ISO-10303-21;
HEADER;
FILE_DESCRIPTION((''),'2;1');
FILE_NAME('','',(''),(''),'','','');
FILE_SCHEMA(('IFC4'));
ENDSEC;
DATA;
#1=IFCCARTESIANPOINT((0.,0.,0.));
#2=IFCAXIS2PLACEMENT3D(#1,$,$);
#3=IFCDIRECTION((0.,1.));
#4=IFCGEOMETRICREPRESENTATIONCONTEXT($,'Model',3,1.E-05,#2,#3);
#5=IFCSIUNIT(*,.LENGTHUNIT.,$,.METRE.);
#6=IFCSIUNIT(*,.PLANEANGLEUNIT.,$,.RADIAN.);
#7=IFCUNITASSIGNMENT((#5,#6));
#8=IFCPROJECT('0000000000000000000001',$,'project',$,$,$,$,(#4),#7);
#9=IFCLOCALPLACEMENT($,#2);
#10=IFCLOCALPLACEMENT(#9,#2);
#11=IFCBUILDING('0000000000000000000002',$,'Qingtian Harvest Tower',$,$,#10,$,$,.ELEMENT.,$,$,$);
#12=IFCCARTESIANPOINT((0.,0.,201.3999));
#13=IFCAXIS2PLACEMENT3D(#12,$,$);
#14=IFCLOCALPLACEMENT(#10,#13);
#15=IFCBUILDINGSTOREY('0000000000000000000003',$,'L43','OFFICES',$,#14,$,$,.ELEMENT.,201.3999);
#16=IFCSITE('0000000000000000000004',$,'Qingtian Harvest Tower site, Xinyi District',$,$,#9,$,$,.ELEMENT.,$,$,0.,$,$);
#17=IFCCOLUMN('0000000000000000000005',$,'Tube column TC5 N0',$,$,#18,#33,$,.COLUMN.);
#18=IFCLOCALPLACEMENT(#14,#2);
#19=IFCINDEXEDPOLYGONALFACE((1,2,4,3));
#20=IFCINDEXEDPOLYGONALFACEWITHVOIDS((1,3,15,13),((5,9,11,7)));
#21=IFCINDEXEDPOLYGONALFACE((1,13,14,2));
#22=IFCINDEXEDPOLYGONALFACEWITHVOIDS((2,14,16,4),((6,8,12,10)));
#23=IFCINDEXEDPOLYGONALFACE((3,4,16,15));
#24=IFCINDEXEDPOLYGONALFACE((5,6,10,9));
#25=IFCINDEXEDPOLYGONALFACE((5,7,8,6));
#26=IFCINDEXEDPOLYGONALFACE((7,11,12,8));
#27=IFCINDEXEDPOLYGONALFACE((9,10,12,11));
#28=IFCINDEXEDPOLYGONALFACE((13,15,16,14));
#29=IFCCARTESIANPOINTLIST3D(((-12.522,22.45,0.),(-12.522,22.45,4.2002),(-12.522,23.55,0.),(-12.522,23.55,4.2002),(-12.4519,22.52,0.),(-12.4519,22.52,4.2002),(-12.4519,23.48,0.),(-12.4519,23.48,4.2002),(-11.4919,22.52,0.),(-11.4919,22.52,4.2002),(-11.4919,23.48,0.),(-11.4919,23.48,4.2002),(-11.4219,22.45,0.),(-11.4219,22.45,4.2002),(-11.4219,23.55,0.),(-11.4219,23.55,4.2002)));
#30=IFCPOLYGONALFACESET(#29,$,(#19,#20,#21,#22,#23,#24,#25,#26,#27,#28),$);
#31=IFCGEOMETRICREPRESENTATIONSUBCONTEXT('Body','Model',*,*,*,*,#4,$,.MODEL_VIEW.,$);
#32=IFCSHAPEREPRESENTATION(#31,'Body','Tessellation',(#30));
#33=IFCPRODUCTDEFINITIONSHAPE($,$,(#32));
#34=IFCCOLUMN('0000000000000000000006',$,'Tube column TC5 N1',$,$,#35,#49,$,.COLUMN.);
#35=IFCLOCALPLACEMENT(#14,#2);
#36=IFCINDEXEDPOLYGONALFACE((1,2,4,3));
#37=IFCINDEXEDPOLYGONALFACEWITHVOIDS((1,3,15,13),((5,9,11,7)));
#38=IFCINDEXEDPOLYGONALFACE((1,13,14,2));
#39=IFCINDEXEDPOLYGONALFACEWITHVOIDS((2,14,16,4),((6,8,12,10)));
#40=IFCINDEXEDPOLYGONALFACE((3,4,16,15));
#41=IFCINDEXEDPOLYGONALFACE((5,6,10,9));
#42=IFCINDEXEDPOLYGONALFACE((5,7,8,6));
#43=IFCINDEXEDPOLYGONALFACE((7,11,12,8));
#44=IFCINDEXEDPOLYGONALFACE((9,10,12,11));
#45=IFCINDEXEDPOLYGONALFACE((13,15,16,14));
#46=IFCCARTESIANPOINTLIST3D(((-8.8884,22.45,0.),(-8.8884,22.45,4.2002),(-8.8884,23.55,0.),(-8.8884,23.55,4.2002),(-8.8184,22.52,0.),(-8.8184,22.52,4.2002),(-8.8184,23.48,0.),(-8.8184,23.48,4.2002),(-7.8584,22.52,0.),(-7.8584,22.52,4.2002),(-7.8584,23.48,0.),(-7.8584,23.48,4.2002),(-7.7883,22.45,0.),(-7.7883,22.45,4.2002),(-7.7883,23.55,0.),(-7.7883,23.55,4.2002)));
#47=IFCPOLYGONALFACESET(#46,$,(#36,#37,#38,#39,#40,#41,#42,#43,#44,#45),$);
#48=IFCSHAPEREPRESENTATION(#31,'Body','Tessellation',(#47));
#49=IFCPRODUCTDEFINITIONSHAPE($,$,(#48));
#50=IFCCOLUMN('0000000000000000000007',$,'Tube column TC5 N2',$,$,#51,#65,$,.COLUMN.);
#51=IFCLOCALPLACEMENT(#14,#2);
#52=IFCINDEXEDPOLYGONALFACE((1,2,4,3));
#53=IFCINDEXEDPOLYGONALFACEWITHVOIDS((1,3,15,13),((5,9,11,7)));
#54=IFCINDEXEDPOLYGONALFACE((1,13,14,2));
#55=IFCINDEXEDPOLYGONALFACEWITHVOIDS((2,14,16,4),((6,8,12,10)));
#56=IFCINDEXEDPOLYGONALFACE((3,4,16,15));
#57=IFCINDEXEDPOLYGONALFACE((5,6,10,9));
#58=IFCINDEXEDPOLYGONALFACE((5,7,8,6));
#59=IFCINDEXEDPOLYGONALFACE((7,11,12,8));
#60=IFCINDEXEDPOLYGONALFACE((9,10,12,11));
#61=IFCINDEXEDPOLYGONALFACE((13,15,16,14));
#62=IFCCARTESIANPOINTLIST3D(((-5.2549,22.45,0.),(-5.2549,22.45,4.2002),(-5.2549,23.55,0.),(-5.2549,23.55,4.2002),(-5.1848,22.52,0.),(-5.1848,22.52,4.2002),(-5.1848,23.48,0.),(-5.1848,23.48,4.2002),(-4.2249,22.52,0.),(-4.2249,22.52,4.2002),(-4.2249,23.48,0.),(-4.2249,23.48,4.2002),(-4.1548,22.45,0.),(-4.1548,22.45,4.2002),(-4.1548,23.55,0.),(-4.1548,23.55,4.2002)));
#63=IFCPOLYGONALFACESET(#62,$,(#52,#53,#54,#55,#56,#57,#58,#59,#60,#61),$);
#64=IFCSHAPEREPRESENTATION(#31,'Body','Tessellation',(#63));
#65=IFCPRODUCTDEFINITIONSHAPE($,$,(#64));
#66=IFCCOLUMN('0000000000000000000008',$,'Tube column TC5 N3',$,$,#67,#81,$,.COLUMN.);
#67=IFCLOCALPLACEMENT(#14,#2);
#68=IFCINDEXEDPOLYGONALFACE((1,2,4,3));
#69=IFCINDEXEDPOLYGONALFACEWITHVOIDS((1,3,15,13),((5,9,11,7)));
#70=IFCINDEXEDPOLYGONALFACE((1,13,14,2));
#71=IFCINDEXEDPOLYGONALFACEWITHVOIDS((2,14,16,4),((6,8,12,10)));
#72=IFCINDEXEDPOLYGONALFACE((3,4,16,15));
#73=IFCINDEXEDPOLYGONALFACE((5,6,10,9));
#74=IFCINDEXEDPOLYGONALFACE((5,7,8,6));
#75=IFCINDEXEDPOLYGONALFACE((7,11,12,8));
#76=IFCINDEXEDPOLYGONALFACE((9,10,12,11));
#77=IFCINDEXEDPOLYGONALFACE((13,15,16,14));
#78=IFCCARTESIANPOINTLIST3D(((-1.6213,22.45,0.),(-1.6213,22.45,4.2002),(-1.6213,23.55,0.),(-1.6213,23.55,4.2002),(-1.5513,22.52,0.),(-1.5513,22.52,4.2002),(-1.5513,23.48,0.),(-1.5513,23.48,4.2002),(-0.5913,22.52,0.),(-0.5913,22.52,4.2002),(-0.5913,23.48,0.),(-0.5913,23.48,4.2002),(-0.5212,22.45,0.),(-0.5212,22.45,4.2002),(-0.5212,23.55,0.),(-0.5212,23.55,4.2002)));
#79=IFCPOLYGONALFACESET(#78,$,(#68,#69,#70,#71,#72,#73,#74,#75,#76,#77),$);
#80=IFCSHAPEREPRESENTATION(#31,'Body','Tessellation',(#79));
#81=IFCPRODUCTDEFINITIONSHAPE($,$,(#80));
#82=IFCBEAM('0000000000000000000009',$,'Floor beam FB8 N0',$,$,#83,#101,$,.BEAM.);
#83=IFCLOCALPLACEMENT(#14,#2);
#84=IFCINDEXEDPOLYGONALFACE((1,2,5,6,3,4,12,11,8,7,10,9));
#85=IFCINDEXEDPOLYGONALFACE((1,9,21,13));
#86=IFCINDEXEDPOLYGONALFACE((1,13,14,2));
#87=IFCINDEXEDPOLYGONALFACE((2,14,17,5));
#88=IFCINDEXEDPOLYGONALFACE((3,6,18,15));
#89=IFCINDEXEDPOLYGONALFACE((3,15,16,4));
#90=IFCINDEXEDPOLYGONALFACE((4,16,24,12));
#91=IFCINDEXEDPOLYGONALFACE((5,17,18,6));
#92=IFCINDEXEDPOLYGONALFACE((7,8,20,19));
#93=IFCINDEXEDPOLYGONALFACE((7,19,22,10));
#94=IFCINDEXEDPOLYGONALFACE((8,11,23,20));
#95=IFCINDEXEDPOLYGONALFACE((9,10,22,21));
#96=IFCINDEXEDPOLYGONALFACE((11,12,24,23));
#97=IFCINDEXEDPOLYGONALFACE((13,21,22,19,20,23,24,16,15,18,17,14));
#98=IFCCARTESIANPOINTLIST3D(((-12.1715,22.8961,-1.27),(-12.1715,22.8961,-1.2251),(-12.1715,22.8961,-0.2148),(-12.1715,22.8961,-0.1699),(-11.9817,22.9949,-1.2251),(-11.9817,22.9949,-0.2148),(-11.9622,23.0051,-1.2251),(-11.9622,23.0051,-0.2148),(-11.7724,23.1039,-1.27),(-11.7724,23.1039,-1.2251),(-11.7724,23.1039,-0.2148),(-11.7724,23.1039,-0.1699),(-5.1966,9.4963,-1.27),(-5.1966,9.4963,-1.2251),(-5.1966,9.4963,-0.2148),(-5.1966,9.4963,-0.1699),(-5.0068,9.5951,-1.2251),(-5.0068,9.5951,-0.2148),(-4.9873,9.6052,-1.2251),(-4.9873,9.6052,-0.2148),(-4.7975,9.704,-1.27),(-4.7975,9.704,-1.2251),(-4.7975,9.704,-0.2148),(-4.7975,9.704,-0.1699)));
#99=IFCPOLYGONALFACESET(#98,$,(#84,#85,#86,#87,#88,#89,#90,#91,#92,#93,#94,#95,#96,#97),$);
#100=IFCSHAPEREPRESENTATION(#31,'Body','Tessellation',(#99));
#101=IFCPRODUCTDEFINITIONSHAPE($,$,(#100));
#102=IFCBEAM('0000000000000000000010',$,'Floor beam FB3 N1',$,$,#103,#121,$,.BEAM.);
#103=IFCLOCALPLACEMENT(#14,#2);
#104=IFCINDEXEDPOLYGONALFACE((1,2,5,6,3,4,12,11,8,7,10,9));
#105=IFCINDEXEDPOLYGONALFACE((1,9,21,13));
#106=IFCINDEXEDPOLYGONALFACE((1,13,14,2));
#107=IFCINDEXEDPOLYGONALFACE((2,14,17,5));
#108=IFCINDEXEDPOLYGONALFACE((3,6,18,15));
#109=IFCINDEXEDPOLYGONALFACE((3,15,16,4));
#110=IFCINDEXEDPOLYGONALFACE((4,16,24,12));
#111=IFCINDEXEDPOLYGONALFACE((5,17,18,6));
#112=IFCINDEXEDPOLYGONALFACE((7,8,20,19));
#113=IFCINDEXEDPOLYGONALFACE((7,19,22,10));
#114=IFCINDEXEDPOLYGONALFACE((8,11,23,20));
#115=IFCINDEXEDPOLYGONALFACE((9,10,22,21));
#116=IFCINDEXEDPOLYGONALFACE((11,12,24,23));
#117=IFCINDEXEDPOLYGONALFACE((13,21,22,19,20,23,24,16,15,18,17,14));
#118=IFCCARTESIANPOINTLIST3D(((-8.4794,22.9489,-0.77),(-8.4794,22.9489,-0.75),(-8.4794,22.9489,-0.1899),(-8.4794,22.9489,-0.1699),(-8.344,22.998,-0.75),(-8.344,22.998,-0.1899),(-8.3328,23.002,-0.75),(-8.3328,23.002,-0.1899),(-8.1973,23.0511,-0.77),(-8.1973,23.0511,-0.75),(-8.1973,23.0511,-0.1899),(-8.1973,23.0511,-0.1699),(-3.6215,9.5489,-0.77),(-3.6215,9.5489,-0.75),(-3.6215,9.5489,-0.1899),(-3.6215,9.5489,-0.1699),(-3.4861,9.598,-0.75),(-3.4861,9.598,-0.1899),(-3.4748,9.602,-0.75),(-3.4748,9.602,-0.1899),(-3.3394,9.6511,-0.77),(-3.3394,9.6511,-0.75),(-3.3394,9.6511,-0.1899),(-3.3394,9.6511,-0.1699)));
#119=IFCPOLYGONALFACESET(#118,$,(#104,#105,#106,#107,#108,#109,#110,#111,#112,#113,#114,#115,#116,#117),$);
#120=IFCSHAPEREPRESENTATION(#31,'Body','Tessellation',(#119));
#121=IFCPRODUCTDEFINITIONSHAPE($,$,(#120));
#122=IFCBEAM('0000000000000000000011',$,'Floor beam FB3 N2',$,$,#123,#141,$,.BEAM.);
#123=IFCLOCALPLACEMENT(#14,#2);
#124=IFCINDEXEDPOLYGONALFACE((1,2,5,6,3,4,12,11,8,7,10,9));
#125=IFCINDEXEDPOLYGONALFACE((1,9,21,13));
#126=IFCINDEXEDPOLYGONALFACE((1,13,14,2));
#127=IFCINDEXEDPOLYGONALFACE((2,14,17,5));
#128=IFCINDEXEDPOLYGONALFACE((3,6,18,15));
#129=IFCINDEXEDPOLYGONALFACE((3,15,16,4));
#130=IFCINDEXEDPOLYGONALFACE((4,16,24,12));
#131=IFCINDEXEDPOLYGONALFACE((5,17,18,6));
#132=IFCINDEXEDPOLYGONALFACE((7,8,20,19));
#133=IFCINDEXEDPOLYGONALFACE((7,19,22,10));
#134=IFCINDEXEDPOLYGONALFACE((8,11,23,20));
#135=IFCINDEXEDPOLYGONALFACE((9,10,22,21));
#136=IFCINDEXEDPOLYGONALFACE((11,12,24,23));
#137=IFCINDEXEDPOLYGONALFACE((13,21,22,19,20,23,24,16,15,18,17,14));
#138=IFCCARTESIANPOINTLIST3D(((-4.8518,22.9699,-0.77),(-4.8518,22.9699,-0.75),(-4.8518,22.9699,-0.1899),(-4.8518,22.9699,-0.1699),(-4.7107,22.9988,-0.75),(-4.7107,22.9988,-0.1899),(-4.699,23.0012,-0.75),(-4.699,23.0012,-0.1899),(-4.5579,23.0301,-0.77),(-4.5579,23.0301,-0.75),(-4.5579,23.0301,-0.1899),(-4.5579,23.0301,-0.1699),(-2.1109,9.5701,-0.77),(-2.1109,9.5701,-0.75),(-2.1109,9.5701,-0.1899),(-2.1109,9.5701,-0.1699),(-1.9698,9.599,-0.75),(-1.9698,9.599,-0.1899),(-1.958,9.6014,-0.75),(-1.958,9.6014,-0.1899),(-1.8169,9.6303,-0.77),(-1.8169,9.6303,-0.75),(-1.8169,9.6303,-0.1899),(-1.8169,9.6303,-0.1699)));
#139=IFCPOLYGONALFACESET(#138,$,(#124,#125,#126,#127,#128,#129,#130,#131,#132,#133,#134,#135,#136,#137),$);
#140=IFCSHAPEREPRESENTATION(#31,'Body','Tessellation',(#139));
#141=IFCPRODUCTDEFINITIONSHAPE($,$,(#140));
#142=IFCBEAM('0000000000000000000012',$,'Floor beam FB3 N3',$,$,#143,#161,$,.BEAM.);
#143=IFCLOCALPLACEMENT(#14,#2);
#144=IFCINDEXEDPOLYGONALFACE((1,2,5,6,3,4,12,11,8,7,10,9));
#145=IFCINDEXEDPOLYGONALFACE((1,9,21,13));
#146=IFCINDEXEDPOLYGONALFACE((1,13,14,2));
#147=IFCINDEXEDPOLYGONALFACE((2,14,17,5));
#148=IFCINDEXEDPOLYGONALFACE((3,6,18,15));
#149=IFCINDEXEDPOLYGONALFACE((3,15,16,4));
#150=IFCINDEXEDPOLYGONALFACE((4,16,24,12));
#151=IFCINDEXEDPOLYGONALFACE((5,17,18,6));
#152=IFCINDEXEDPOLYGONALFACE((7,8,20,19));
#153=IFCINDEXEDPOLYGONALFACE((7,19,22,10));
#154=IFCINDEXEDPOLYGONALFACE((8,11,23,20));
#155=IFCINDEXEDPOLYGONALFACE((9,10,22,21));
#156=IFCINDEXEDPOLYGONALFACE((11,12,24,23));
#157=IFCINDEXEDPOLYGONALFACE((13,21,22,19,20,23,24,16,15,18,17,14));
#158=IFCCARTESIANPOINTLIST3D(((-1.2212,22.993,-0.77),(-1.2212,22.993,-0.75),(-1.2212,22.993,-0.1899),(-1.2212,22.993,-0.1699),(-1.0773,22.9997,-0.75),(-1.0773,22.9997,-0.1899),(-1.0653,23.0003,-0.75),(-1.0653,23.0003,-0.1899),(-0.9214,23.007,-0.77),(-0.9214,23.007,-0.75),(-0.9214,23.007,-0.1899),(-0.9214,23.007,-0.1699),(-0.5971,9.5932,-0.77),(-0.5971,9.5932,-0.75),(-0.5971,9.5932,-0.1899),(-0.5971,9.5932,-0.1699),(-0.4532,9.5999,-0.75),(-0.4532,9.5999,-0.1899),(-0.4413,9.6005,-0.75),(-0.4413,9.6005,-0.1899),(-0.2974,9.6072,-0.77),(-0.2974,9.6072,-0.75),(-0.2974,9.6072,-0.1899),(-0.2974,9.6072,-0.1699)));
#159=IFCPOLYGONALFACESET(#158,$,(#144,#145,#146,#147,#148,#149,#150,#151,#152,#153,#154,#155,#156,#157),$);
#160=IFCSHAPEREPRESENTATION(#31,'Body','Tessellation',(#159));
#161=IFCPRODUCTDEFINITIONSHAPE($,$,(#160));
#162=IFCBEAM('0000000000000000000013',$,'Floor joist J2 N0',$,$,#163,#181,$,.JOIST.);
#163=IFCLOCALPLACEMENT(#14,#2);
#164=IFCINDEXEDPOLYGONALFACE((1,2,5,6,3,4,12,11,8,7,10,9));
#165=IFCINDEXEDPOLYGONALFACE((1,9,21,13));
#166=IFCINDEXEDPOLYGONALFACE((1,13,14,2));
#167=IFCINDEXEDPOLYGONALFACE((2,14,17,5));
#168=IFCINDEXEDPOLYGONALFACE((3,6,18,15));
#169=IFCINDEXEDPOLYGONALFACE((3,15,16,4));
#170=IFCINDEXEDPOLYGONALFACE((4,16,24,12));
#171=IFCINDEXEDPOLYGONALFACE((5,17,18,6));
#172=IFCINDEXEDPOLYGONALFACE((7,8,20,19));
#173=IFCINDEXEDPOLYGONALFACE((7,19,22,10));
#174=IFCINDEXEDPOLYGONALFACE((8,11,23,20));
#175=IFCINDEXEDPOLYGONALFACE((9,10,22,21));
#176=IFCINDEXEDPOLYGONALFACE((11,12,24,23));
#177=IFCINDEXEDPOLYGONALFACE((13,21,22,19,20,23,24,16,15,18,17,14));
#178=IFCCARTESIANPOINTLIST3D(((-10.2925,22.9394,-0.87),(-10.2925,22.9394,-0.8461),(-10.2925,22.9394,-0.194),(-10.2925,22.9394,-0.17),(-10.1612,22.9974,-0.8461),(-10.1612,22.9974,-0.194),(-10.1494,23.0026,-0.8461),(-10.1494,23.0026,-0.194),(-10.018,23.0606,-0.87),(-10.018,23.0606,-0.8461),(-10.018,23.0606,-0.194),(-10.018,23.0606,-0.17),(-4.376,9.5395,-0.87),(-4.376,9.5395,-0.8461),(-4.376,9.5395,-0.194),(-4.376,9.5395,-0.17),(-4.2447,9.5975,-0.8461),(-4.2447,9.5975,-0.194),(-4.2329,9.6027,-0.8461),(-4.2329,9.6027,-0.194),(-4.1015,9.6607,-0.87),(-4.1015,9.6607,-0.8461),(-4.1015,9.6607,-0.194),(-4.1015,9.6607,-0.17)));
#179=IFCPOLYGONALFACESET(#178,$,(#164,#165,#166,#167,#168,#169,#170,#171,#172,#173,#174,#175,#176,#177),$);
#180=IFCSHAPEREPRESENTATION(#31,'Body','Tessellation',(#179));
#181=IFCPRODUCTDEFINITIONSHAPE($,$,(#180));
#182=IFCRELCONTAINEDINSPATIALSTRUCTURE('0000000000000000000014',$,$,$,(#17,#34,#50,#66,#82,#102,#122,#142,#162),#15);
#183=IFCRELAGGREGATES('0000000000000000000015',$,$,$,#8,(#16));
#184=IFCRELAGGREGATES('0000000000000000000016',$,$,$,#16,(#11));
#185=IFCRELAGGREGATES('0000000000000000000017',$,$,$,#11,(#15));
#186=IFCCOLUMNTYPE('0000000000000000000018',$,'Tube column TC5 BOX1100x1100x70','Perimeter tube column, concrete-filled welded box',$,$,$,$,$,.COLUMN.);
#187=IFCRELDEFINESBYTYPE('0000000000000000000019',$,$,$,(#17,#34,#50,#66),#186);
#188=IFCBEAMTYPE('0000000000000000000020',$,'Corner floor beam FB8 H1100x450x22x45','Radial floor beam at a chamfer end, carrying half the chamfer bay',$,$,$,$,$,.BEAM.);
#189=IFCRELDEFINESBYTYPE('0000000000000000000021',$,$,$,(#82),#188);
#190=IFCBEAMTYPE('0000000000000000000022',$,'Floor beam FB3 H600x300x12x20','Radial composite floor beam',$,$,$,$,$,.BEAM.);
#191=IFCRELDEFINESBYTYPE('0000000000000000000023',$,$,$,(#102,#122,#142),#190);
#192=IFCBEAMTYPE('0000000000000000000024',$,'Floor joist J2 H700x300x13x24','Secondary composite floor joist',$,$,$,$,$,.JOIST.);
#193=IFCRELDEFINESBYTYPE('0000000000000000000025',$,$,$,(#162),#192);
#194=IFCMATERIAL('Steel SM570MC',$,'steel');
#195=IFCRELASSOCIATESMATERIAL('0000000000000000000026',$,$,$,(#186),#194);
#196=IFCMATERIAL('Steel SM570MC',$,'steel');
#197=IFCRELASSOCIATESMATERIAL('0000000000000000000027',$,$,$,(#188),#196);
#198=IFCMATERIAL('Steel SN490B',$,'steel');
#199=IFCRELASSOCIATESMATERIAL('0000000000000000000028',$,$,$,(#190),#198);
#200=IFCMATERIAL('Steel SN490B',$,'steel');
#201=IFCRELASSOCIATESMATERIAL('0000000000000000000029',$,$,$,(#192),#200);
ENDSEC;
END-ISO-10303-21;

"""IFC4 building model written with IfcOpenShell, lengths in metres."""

from ifc_helpers import new_model, si_unit, direction, frame, origin, origin_2d, place, context, subcontext, project, spatial, hollow_rectangle, i_section, extrude, material, material_profile, profile_set, type_object, element, save


model = new_model("IFC4")

# Units and contexts
model_context = context("Model", 3, precision=1e-05, world=origin(), true_north=direction((0.0, 1.0)))
body_context = subcontext(model_context, "Body", "Model", "MODEL_VIEW")
ifc_project = project(units=[si_unit("LENGTHUNIT", "METRE"), si_unit("PLANEANGLEUNIT", "RADIAN")], contexts=[model_context])

# Site, building, storey
site_placement = place(None, origin())
site = spatial("IfcSite", under=ifc_project, at=site_placement, Name="Qingtian Harvest Tower site, Xinyi District", CompositionType="ELEMENT", RefElevation=0.0)
building_placement = place(site_placement, origin())
building = spatial("IfcBuilding", under=site, at=building_placement, Name="Qingtian Harvest Tower", CompositionType="ELEMENT")
storey_placement = place(building_placement, frame((0.0, 0.0, 201.3999)))
storey = spatial("IfcBuildingStorey", under=building, at=storey_placement, Name="L43", Description="OFFICES", CompositionType="ELEMENT", Elevation=201.3999)

# Columns
ifc_material_1 = material(Name="Steel SM570MC", Category="steel")
ifc_material_profile_1 = material_profile(ifc_material_1, hollow_rectangle(XDim=1.1001, YDim=1.1001, WallThickness=0.0701, at=origin_2d()), Name="BOX1100x1100x70")
ifc_profile_set_1 = profile_set([ifc_material_profile_1], Name="Steel SM570MC")
column_type = type_object("IfcColumnType", Name="Tube column TC5 BOX1100x1100x70", Description="Perimeter tube column, concrete-filled welded box", PredefinedType="COLUMN", material=ifc_profile_set_1)
for number, where, z_axis, x_axis, name in (
    (1, (-11.9719, 23.0, 0.0), (0.0, 0.0, 1.0), (-1.0, 0.0, 0.0), "Tube column TC5 N0"),
    (2, (-8.3384, 23.0, 0.0), (0.0, 0.0, 1.0), (-1.0, 0.0, 0.0), "Tube column TC5 N1"),
    (3, (-4.7048, 23.0, 0.0), (0.0, 0.0, 1.0), (-1.0, 0.0, 0.0), "Tube column TC5 N2"),
    (4, (-1.0713, 23.0, 0.0), (0.0, 0.0, 1.0), (-1.0, 0.0, 0.0), "Tube column TC5 N3"),
):
    element("IfcColumn", number, at=place(storey_placement, frame(where, z_axis=z_axis, x_axis=x_axis)), inside=storey, type_object=column_type, Name=name, PredefinedType="COLUMN", context=body_context, shape_type="SweptSolid", body=[
        extrude(hollow_rectangle(XDim=1.1001, YDim=1.1001, WallThickness=0.0701, at=origin_2d()), origin(), (0.0, 0.0, 1.0), 4.2002),
    ])

# Beams
ifc_material_2 = material(Name="Steel SM570MC", Category="steel")
ifc_material_profile_2 = material_profile(ifc_material_2, i_section(OverallWidth=0.45, OverallDepth=1.1001, WebThickness=0.022, FlangeThickness=0.0449, at=origin_2d()), Name="H1100x450x22x45")
ifc_profile_set_2 = profile_set([ifc_material_profile_2], Name="Steel SM570MC")
beam_type_1 = type_object("IfcBeamType", Name="Corner floor beam FB8 H1100x450x22x45", Description="Radial floor beam at a chamfer end, carrying half the chamfer bay", PredefinedType="BEAM", material=ifc_profile_set_2)
beam_1_placement = place(storey_placement, frame((-11.9719, 23.0, -0.72), z_axis=(0.461712, -0.88703, 0.0), x_axis=(0.88703, 0.461712, 0.0)))
element("IfcBeam", 5, at=beam_1_placement, inside=storey, type_object=beam_type_1, Name="Floor beam FB8 N0", PredefinedType="BEAM", context=body_context, shape_type="SweptSolid", body=[
    extrude(i_section(OverallWidth=0.45, OverallDepth=1.1001, WebThickness=0.022, FlangeThickness=0.0449, at=origin_2d()), origin(), (0.0, 0.0, 1.0), 15.1064),
])
ifc_material_3 = material(Name="Steel SN490B", Category="steel")
ifc_material_profile_3 = material_profile(ifc_material_3, i_section(OverallWidth=0.3, OverallDepth=0.6001, WebThickness=0.012, FlangeThickness=0.02, at=origin_2d()), Name="H600x300x12x20")
ifc_profile_set_3 = profile_set([ifc_material_profile_3], Name="Steel SN490B")
beam_type_2 = type_object("IfcBeamType", Name="Floor beam FB3 H600x300x12x20", Description="Radial composite floor beam", PredefinedType="BEAM", material=ifc_profile_set_3)
beam_2_placement = place(storey_placement, frame((-8.3384, 23.0, -0.47), z_axis=(0.340827, -0.940126, 0.0), x_axis=(0.940126, 0.340827, 0.0)))
element("IfcBeam", 6, at=beam_2_placement, inside=storey, type_object=beam_type_2, Name="Floor beam FB3 N1", PredefinedType="BEAM", context=body_context, shape_type="SweptSolid", body=[
    extrude(i_section(OverallWidth=0.3, OverallDepth=0.6001, WebThickness=0.012, FlangeThickness=0.02, at=origin_2d()), origin(), (0.0, 0.0, 1.0), 14.2534),
])
beam_3_placement = place(storey_placement, frame((-4.7048, 23.0, -0.47), z_axis=(0.200402, -0.979714, 0.0), x_axis=(0.979714, 0.200402, 0.0)))
element("IfcBeam", 7, at=beam_3_placement, inside=storey, type_object=beam_type_2, Name="Floor beam FB3 N2", PredefinedType="BEAM", context=body_context, shape_type="SweptSolid", body=[
    extrude(i_section(OverallWidth=0.3, OverallDepth=0.6001, WebThickness=0.012, FlangeThickness=0.02, at=origin_2d()), origin(), (0.0, 0.0, 1.0), 13.6772),
])
beam_4_placement = place(storey_placement, frame((-1.0713, 23.0, -0.47), z_axis=(0.046519, -0.998917, 0.0), x_axis=(0.998917, 0.046519, 0.0)))
element("IfcBeam", 8, at=beam_4_placement, inside=storey, type_object=beam_type_2, Name="Floor beam FB3 N3", PredefinedType="BEAM", context=body_context, shape_type="SweptSolid", body=[
    extrude(i_section(OverallWidth=0.3, OverallDepth=0.6001, WebThickness=0.012, FlangeThickness=0.02, at=origin_2d()), origin(), (0.0, 0.0, 1.0), 13.4143),
])
ifc_material_4 = material(Name="Steel SN490B", Category="steel")
ifc_material_profile_4 = material_profile(ifc_material_4, i_section(OverallWidth=0.3, OverallDepth=0.7, WebThickness=0.0129, FlangeThickness=0.0239, at=origin_2d()), Name="H700x300x13x24")
ifc_profile_set_4 = profile_set([ifc_material_profile_4], Name="Steel SN490B")
beam_type_3 = type_object("IfcBeamType", Name="Floor joist J2 H700x300x13x24", Description="Secondary composite floor joist", PredefinedType="JOIST", material=ifc_profile_set_4)
beam_5_placement = place(storey_placement, frame((-10.1553, 23.0, -0.52), z_axis=(0.403913, -0.914797, 0.0), x_axis=(0.914797, 0.403913, 0.0)))
element("IfcBeam", 9, at=beam_5_placement, inside=storey, type_object=beam_type_3, Name="Floor joist J2 N0", PredefinedType="JOIST", context=body_context, shape_type="SweptSolid", body=[
    extrude(i_section(OverallWidth=0.3, OverallDepth=0.7, WebThickness=0.0129, FlangeThickness=0.0239, at=origin_2d()), origin(), (0.0, 0.0, 1.0), 14.6479),
])

save(model, "model.ifc")
